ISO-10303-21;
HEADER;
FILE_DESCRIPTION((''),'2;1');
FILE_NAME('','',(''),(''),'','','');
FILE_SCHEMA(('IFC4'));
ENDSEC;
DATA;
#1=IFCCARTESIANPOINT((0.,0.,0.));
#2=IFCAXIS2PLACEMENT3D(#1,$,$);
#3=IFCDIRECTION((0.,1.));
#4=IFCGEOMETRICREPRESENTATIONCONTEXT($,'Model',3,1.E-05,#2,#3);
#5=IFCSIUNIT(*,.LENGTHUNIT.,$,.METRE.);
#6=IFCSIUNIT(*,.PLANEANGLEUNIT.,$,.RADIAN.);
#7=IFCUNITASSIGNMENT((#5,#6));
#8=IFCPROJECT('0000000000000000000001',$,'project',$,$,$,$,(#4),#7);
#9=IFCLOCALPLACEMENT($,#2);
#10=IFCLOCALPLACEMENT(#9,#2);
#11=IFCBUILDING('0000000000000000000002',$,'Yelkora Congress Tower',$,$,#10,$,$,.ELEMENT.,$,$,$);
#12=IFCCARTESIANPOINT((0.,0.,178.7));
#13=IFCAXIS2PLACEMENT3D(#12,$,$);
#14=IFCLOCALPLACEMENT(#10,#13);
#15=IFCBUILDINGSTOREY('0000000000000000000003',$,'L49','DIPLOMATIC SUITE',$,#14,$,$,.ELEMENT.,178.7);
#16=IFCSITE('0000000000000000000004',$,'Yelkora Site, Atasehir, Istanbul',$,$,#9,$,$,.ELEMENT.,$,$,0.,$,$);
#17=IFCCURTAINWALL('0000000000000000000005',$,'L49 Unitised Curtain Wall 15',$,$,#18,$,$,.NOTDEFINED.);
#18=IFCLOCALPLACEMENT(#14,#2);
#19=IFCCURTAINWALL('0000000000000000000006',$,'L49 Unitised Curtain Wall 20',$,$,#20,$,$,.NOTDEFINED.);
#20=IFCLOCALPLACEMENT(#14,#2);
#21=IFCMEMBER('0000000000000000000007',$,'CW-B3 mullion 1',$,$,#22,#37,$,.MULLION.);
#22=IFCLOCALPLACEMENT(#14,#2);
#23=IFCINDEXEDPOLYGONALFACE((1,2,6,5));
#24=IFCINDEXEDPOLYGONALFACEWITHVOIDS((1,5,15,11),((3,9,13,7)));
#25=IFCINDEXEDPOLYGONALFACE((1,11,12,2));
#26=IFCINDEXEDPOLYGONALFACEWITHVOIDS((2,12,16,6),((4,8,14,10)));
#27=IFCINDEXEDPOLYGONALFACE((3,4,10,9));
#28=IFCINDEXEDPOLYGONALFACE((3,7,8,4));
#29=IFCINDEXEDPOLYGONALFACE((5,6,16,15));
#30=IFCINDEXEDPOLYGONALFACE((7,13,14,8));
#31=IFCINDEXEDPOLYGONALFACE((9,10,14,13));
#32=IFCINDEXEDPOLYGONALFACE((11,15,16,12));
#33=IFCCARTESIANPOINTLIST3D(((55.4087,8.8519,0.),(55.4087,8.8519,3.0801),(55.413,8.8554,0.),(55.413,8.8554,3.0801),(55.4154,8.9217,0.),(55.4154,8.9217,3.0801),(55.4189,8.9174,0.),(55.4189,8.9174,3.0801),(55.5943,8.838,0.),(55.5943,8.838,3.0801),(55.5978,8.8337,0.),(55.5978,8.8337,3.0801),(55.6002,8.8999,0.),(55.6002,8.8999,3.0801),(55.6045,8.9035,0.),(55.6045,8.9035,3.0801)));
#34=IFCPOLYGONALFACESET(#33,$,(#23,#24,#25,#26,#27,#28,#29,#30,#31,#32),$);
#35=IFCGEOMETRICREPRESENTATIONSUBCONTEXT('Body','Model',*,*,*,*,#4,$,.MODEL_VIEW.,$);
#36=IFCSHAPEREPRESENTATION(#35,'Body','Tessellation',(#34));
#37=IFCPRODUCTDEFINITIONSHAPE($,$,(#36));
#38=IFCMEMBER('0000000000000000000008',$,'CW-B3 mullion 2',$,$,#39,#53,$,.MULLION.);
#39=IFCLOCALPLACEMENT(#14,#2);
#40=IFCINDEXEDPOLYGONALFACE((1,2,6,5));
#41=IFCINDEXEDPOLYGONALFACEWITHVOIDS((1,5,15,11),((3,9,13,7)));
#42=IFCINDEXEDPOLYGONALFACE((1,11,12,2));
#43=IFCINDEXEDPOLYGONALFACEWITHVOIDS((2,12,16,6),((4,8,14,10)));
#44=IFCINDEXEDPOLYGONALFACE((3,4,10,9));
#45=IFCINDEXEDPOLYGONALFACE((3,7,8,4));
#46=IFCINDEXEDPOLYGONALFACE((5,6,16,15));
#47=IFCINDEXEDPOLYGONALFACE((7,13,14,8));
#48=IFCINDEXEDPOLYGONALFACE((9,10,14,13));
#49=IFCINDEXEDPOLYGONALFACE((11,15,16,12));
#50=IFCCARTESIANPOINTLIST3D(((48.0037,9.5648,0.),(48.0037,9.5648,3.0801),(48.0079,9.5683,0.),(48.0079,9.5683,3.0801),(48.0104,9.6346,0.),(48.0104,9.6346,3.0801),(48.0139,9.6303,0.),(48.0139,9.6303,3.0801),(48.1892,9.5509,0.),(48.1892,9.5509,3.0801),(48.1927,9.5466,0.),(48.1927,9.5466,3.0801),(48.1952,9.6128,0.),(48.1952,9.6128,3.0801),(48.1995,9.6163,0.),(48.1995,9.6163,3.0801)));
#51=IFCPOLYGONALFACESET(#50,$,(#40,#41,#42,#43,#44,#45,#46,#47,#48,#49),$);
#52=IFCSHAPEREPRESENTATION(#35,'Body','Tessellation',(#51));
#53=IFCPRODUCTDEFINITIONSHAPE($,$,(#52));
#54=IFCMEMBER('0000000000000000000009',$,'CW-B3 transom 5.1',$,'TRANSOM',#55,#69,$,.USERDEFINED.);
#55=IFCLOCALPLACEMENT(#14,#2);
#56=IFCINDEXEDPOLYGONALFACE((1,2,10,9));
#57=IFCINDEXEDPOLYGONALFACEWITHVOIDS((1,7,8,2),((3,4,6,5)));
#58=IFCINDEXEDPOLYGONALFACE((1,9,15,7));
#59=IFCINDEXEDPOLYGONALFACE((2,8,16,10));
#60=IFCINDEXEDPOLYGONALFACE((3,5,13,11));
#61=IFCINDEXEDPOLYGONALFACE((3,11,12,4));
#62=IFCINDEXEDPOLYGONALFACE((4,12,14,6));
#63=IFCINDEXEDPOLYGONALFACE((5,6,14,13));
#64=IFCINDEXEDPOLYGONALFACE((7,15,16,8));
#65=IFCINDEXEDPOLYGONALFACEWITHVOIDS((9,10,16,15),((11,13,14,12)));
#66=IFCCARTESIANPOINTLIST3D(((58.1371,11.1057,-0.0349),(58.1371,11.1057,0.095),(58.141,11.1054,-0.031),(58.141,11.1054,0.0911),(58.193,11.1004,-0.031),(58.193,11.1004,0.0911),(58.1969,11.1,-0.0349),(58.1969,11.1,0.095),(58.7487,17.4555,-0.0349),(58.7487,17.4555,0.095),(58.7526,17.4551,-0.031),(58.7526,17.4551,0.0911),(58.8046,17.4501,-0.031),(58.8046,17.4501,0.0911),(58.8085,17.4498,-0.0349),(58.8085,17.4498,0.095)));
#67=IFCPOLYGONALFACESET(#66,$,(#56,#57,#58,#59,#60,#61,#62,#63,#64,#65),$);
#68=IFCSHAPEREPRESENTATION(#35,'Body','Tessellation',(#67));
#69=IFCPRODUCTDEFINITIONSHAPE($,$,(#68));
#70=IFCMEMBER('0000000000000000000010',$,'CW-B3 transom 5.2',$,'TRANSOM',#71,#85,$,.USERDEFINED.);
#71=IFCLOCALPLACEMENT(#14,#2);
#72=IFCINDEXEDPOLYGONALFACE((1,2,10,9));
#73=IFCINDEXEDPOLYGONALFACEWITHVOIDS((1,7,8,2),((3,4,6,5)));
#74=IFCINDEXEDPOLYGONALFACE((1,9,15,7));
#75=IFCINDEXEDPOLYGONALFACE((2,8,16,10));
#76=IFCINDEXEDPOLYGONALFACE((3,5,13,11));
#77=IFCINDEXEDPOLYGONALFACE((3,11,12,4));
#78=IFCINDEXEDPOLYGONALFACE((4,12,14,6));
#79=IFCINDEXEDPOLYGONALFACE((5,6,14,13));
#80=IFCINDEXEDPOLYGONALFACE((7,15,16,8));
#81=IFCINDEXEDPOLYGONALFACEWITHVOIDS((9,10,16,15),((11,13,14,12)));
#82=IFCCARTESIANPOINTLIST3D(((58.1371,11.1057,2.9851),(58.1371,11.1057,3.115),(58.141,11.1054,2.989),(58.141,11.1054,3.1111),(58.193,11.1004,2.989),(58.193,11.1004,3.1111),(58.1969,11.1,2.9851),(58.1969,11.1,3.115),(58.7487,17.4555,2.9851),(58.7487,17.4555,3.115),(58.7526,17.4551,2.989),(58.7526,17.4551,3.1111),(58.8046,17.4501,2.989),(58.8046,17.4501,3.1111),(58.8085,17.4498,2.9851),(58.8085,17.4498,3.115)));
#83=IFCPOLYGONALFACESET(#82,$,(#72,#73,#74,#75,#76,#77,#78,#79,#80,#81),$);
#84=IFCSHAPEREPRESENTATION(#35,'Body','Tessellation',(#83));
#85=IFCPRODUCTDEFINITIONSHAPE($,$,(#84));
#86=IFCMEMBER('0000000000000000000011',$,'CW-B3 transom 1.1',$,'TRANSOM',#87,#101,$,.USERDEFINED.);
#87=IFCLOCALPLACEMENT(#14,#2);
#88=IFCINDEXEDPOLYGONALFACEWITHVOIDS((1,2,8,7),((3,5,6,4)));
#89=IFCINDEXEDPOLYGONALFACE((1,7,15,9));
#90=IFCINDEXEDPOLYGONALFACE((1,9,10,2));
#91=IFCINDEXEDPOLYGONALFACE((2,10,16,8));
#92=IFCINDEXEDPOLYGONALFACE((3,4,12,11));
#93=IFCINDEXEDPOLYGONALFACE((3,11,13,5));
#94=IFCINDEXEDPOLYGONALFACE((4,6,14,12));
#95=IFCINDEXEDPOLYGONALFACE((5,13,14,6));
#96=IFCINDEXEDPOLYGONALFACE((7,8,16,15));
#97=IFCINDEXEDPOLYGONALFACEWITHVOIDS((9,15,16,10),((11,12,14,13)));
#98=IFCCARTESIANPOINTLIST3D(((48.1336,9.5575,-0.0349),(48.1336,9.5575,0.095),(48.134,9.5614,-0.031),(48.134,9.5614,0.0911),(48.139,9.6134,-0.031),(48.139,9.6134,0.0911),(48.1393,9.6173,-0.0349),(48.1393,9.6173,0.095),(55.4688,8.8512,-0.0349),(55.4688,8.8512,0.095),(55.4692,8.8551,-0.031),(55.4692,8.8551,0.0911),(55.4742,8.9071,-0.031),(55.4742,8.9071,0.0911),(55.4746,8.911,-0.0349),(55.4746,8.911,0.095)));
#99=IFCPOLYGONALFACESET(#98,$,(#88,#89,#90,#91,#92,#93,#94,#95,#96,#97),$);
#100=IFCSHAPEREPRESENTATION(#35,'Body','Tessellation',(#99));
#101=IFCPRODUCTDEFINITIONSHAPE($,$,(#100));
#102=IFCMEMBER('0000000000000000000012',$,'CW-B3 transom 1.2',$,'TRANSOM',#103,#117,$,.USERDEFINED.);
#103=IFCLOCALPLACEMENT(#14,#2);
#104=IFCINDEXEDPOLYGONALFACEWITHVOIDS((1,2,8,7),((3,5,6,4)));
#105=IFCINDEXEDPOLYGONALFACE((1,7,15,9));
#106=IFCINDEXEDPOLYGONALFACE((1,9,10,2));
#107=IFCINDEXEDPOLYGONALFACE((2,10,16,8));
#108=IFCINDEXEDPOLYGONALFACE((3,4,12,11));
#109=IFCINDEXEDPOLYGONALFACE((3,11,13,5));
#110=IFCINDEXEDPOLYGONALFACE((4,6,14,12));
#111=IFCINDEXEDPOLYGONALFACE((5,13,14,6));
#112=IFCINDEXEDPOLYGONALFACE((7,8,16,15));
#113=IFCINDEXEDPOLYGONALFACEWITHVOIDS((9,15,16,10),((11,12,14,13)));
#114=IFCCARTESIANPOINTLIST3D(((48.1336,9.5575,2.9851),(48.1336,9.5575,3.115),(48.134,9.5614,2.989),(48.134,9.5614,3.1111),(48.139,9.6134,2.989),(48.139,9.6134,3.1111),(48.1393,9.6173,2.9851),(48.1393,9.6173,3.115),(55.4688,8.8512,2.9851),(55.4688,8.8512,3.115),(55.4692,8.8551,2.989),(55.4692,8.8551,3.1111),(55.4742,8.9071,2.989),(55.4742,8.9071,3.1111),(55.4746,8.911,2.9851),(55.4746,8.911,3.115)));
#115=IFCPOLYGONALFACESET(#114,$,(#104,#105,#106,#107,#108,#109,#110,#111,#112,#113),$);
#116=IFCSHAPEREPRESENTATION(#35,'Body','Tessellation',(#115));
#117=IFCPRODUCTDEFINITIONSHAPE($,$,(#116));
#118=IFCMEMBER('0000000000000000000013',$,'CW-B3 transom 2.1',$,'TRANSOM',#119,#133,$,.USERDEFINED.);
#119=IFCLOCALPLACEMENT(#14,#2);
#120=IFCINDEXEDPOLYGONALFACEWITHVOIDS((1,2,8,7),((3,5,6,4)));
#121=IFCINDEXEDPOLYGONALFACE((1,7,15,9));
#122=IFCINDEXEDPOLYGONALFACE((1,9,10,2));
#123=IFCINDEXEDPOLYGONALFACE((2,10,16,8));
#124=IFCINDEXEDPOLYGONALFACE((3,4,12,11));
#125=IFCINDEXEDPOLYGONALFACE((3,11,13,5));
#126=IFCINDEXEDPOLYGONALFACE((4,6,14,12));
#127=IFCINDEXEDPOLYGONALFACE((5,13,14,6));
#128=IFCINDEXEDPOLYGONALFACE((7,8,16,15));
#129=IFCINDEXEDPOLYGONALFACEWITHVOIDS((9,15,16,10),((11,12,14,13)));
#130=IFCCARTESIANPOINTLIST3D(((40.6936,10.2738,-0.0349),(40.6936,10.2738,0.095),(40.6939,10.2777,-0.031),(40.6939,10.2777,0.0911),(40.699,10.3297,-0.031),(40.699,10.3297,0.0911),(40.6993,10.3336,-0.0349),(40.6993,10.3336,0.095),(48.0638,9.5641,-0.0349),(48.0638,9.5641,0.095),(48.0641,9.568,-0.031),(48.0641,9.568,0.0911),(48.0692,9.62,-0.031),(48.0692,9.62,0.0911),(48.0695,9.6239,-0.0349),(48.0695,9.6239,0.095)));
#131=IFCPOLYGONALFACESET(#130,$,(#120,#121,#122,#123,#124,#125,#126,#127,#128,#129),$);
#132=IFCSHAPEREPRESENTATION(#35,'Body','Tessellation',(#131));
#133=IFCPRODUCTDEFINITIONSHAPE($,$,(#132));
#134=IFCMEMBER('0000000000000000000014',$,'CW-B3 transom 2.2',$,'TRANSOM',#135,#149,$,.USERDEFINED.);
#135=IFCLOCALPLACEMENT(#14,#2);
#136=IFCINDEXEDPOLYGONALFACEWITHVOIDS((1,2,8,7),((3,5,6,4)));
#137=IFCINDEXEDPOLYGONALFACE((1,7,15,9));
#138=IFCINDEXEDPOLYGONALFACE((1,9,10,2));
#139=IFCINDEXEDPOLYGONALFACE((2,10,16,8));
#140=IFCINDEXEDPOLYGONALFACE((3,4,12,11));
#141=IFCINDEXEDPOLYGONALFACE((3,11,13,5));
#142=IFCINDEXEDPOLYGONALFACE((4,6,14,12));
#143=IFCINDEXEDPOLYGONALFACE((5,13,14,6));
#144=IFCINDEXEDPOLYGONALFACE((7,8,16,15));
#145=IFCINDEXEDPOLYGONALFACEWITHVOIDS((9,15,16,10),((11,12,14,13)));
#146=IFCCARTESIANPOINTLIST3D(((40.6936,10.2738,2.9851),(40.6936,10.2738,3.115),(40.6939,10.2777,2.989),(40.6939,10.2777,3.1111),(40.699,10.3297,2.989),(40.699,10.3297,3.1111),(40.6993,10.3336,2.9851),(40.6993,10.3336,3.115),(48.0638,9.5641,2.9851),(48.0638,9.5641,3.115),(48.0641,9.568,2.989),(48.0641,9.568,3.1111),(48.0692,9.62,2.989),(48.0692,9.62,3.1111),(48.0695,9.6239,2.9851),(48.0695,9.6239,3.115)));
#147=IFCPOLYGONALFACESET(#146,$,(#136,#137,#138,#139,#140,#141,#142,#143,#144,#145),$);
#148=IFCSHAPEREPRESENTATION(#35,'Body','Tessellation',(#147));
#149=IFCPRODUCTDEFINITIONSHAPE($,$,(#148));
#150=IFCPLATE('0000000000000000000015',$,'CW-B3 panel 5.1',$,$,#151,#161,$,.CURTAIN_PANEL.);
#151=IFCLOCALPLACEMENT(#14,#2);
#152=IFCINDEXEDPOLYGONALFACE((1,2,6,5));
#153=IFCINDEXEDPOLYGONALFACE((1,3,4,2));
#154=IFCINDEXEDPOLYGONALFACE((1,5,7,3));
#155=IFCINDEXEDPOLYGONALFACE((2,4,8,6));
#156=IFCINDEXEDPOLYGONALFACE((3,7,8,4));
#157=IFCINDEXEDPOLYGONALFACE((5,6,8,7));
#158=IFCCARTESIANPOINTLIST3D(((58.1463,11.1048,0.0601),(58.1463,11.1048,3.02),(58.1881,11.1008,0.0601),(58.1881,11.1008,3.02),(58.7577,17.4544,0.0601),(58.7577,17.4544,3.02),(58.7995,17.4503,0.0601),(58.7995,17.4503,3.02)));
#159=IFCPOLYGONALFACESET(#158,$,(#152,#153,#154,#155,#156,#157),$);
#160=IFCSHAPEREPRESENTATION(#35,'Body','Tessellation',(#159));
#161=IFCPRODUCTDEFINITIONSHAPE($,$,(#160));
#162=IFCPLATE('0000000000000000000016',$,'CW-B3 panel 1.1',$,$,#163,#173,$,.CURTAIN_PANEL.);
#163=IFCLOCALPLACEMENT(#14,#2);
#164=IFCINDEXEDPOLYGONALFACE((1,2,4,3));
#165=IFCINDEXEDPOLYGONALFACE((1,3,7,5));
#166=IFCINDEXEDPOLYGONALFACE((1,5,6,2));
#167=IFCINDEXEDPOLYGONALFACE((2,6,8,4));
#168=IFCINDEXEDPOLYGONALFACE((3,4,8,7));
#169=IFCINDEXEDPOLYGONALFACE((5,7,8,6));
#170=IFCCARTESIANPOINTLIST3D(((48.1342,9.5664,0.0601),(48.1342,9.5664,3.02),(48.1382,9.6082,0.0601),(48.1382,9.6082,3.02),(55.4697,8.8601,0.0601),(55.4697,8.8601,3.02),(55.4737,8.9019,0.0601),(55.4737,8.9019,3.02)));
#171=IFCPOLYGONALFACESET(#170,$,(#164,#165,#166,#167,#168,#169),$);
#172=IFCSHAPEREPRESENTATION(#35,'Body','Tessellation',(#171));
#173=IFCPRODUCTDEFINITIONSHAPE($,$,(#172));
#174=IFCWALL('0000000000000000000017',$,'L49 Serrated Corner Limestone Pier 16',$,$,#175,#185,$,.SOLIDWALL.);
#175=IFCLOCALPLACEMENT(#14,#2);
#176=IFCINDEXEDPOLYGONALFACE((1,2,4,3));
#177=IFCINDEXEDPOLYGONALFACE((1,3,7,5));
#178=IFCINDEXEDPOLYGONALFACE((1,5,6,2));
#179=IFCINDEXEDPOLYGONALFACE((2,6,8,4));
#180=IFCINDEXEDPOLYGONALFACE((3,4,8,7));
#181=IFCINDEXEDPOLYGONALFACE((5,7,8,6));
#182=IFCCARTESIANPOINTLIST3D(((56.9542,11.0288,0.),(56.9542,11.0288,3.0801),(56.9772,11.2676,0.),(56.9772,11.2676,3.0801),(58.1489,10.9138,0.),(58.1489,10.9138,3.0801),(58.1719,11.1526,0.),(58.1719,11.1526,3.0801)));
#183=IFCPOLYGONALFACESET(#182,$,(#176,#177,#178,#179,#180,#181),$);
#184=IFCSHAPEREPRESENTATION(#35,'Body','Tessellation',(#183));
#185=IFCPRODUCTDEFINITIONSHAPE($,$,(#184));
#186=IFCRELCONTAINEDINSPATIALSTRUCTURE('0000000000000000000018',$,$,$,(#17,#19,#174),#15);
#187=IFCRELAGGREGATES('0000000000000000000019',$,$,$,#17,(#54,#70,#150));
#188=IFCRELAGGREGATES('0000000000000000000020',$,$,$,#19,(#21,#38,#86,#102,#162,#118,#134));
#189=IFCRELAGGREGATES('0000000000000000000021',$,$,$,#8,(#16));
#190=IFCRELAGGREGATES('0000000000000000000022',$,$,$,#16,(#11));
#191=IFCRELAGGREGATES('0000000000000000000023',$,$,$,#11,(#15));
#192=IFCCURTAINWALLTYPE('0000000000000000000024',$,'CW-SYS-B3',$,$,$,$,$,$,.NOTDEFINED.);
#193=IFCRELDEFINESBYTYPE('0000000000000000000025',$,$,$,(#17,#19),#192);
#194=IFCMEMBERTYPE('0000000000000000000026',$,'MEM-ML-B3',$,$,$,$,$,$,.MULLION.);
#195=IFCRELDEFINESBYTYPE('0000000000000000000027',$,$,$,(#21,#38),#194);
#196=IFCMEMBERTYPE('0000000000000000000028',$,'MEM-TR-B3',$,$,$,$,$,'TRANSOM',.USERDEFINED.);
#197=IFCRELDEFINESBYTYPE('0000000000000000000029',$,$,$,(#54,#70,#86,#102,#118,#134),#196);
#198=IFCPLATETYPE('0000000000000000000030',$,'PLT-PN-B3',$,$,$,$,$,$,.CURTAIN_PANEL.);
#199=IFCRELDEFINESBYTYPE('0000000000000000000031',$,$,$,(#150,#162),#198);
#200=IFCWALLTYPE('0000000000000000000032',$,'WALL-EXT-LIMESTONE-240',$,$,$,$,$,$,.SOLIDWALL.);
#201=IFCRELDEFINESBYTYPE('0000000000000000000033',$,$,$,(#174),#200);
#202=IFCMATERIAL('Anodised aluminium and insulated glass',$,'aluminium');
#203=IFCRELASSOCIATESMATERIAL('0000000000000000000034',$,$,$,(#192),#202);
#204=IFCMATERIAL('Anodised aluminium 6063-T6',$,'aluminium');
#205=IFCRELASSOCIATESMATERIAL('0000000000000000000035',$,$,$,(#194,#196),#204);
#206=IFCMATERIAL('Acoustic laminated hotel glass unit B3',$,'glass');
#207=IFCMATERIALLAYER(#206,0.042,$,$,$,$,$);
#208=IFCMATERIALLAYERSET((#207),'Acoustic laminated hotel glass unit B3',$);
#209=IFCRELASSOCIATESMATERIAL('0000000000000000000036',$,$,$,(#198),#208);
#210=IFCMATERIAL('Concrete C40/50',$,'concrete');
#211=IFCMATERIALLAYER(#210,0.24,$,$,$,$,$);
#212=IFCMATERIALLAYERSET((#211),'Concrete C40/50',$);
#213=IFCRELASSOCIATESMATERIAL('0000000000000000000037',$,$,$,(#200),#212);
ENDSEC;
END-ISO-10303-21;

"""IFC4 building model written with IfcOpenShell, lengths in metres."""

from ifc_helpers import new_model, si_unit, direction, frame, frame_2d, origin, origin_2d, place, context, subcontext, project, spatial, rectangle, hollow_rectangle, extrude, material, layer, layer_set, material_profile, profile_set, type_object, element, aggregate, save


model = new_model("IFC4")

# Units and contexts
model_context = context("Model", 3, precision=1e-05, world=origin(), true_north=direction((0.0, 1.0)))
body_context = subcontext(model_context, "Body", "Model", "MODEL_VIEW")
ifc_project = project(units=[si_unit("LENGTHUNIT", "METRE"), si_unit("PLANEANGLEUNIT", "RADIAN")], contexts=[model_context])

# Site, building, storey
site_placement = place(None, origin())
site = spatial("IfcSite", under=ifc_project, at=site_placement, Name="Yelkora Site, Atasehir, Istanbul", CompositionType="ELEMENT", RefElevation=0.0)
building_placement = place(site_placement, origin())
building = spatial("IfcBuilding", under=site, at=building_placement, Name="Yelkora Congress Tower", CompositionType="ELEMENT")
storey_placement = place(building_placement, frame((0.0, 0.0, 178.7)))
storey = spatial("IfcBuildingStorey", under=building, at=storey_placement, Name="L49", Description="DIPLOMATIC SUITE", CompositionType="ELEMENT", Elevation=178.7)

# Curtain walls, members
ifc_material_1 = material(Name="Anodised aluminium and insulated glass", Category="aluminium")
curtain_wall_type = type_object("IfcCurtainWallType", Name="CW-SYS-B3", PredefinedType="NOTDEFINED", material=ifc_material_1)
curtain_wall_1_placement = place(storey_placement, origin())
curtain_wall_1 = element("IfcCurtainWall", 1, at=curtain_wall_1_placement, inside=storey, type_object=curtain_wall_type, Name="L49 Unitised Curtain Wall 15", PredefinedType="NOTDEFINED")
ifc_material_2 = material(Name="Anodised aluminium 6063-T6", Category="aluminium")
ifc_material_profile_1 = material_profile(ifc_material_2, hollow_rectangle(XDim=0.0701, YDim=0.1899, WallThickness=0.0039, at=origin_2d()), Name="ALU 70x190x4")
ifc_profile_set_1 = profile_set([ifc_material_profile_1], Name="Anodised aluminium 6063-T6")
member_type_1 = type_object("IfcMemberType", Name="MEM-ML-B3", PredefinedType="MULLION", material=ifc_profile_set_1)
curtain_wall_2_placement = place(storey_placement, origin())
curtain_wall_2 = element("IfcCurtainWall", 2, at=curtain_wall_2_placement, inside=storey, type_object=curtain_wall_type, Name="L49 Unitised Curtain Wall 20", PredefinedType="NOTDEFINED")
member_1_placement = place(storey_placement, frame((55.5066, 8.8777, 0.0), z_axis=(0.0, 0.0, 1.0), x_axis=(-0.095845, -0.995396, 0.0)))
member_1 = element("IfcMember", 3, at=member_1_placement, type_object=member_type_1, Name="CW-B3 mullion 1", PredefinedType="MULLION", context=body_context, shape_type="SweptSolid", body=[
    extrude(hollow_rectangle(XDim=0.0701, YDim=0.1899, WallThickness=0.0039, at=origin_2d()), origin(), (0.0, 0.0, 1.0), 3.0801),
])
member_2_placement = place(storey_placement, frame((48.1016, 9.5906, 0.0), z_axis=(0.0, 0.0, 1.0), x_axis=(-0.095845, -0.995396, 0.0)))
member_2 = element("IfcMember", 4, at=member_2_placement, type_object=member_type_1, Name="CW-B3 mullion 2", PredefinedType="MULLION", context=body_context, shape_type="SweptSolid", body=[
    extrude(hollow_rectangle(XDim=0.0701, YDim=0.1899, WallThickness=0.0039, at=origin_2d()), origin(), (0.0, 0.0, 1.0), 3.0801),
])

# Members
ifc_material_profile_2 = material_profile(ifc_material_2, hollow_rectangle(XDim=0.0601, YDim=0.1299, WallThickness=0.0039, at=origin_2d()), Name="ALU 60x130x4")
ifc_profile_set_2 = profile_set([ifc_material_profile_2], Name="Anodised aluminium 6063-T6")
member_type_2 = type_object("IfcMemberType", Name="MEM-TR-B3", ElementType="TRANSOM", PredefinedType="USERDEFINED", material=ifc_profile_set_2)
member_3_placement = place(storey_placement, frame((58.7786, 17.4526, 0.03), z_axis=(-0.095869, -0.995394, 0.0), x_axis=(0.995394, -0.095869, 0.0)))
member_3 = element("IfcMember", 5, at=member_3_placement, type_object=member_type_2, Name="CW-B3 transom 5.1", ObjectType="TRANSOM", PredefinedType="USERDEFINED", context=body_context, shape_type="SweptSolid", body=[
    extrude(hollow_rectangle(XDim=0.0601, YDim=0.1299, WallThickness=0.0039, at=origin_2d()), origin(), (0.0, 0.0, 1.0), 6.3792),
])
member_4_placement = place(storey_placement, frame((58.7786, 17.4526, 3.05), z_axis=(-0.095869, -0.995394, 0.0), x_axis=(0.995394, -0.095869, 0.0)))
member_4 = element("IfcMember", 6, at=member_4_placement, type_object=member_type_2, Name="CW-B3 transom 5.2", ObjectType="TRANSOM", PredefinedType="USERDEFINED", context=body_context, shape_type="SweptSolid", body=[
    extrude(hollow_rectangle(XDim=0.0601, YDim=0.1299, WallThickness=0.0039, at=origin_2d()), origin(), (0.0, 0.0, 1.0), 6.3792),
])
member_5_placement = place(storey_placement, frame((55.4717, 8.8811, 0.03), z_axis=(-0.995396, 0.095846, 0.0), x_axis=(-0.095846, -0.995396, 0.0)))
member_5 = element("IfcMember", 7, at=member_5_placement, type_object=member_type_2, Name="CW-B3 transom 1.1", ObjectType="TRANSOM", PredefinedType="USERDEFINED", context=body_context, shape_type="SweptSolid", body=[
    extrude(hollow_rectangle(XDim=0.0601, YDim=0.1299, WallThickness=0.0039, at=origin_2d()), origin(), (0.0, 0.0, 1.0), 7.3691),
])
member_6_placement = place(storey_placement, frame((55.4717, 8.8811, 3.05), z_axis=(-0.995396, 0.095846, 0.0), x_axis=(-0.095846, -0.995396, 0.0)))
member_6 = element("IfcMember", 8, at=member_6_placement, type_object=member_type_2, Name="CW-B3 transom 1.2", ObjectType="TRANSOM", PredefinedType="USERDEFINED", context=body_context, shape_type="SweptSolid", body=[
    extrude(hollow_rectangle(XDim=0.0601, YDim=0.1299, WallThickness=0.0039, at=origin_2d()), origin(), (0.0, 0.0, 1.0), 7.3691),
])
member_7_placement = place(storey_placement, frame((48.0667, 9.594, 0.03), z_axis=(-0.995395, 0.095853, 0.0), x_axis=(-0.095853, -0.995395, 0.0)))
member_7 = element("IfcMember", 9, at=member_7_placement, type_object=member_type_2, Name="CW-B3 transom 2.1", ObjectType="TRANSOM", PredefinedType="USERDEFINED", context=body_context, shape_type="SweptSolid", body=[
    extrude(hollow_rectangle(XDim=0.0601, YDim=0.1299, WallThickness=0.0039, at=origin_2d()), origin(), (0.0, 0.0, 1.0), 7.4043),
])
member_8_placement = place(storey_placement, frame((48.0667, 9.594, 3.05), z_axis=(-0.995395, 0.095853, 0.0), x_axis=(-0.095853, -0.995395, 0.0)))
member_8 = element("IfcMember", 10, at=member_8_placement, type_object=member_type_2, Name="CW-B3 transom 2.2", ObjectType="TRANSOM", PredefinedType="USERDEFINED", context=body_context, shape_type="SweptSolid", body=[
    extrude(hollow_rectangle(XDim=0.0601, YDim=0.1299, WallThickness=0.0039, at=origin_2d()), origin(), (0.0, 0.0, 1.0), 7.4043),
])

# Plates
ifc_material_3 = material(Name="Acoustic laminated hotel glass unit B3", Category="glass")
ifc_layer_1 = layer(ifc_material_3, 0.042)
ifc_layer_set_1 = layer_set([ifc_layer_1], Name="Acoustic laminated hotel glass unit B3")
plate_type = type_object("IfcPlateType", Name="PLT-PN-B3", PredefinedType="CURTAIN_PANEL", material=ifc_layer_set_1)
plate_1_placement = place(storey_placement, frame((58.4729, 14.2776, 0.0601), z_axis=(0.0, 0.0, 1.0), x_axis=(-0.095842, -0.995397, 0.0)))
plate_1 = element("IfcPlate", 11, at=plate_1_placement, type_object=plate_type, Name="CW-B3 panel 5.1", PredefinedType="CURTAIN_PANEL", context=body_context, shape_type="SweptSolid", body=[
    extrude(rectangle(XDim=6.3789, YDim=0.042, at=origin_2d()), origin(), (0.0, 0.0, 1.0), 2.96),
])
aggregate(curtain_wall_1, [member_3, member_4, plate_1])
plate_2_placement = place(storey_placement, frame((51.804, 9.2341, 0.0601), z_axis=(0.0, 0.0, 1.0), x_axis=(-0.995396, 0.095845, 0.0)))
plate_2 = element("IfcPlate", 12, at=plate_2_placement, type_object=plate_type, Name="CW-B3 panel 1.1", PredefinedType="CURTAIN_PANEL", context=body_context, shape_type="SweptSolid", body=[
    extrude(rectangle(XDim=7.3694, YDim=0.042, at=origin_2d()), origin(), (0.0, 0.0, 1.0), 2.96),
])
aggregate(curtain_wall_2, [member_1, member_2, member_5, member_6, plate_2, member_7, member_8])

# Wall
ifc_material_4 = material(Name="Concrete C40/50", Category="concrete")
ifc_layer_2 = layer(ifc_material_4, 0.24)
ifc_layer_set_2 = layer_set([ifc_layer_2], Name="Concrete C40/50")
wall_type_1 = type_object("IfcWallType", Name="WALL-EXT-LIMESTONE-240", PredefinedType="SOLIDWALL", material=ifc_layer_set_2)
wall_1_placement = place(storey_placement, frame((58.1604, 11.0332, 0.0), z_axis=(0.0, 0.0, 1.0), x_axis=(-0.995399, 0.095817, 0.0)))
element("IfcWall", 13, at=wall_1_placement, inside=storey, type_object=wall_type_1, Name="L49 Serrated Corner Limestone Pier 16", PredefinedType="SOLIDWALL", context=body_context, shape_type="SweptSolid", body=[
    extrude(rectangle(XDim=1.2002, YDim=0.24, at=frame_2d((0.6001, 0.0))), origin(), (0.0, 0.0, 1.0), 3.0801),
])

save(model, "model.ifc")
